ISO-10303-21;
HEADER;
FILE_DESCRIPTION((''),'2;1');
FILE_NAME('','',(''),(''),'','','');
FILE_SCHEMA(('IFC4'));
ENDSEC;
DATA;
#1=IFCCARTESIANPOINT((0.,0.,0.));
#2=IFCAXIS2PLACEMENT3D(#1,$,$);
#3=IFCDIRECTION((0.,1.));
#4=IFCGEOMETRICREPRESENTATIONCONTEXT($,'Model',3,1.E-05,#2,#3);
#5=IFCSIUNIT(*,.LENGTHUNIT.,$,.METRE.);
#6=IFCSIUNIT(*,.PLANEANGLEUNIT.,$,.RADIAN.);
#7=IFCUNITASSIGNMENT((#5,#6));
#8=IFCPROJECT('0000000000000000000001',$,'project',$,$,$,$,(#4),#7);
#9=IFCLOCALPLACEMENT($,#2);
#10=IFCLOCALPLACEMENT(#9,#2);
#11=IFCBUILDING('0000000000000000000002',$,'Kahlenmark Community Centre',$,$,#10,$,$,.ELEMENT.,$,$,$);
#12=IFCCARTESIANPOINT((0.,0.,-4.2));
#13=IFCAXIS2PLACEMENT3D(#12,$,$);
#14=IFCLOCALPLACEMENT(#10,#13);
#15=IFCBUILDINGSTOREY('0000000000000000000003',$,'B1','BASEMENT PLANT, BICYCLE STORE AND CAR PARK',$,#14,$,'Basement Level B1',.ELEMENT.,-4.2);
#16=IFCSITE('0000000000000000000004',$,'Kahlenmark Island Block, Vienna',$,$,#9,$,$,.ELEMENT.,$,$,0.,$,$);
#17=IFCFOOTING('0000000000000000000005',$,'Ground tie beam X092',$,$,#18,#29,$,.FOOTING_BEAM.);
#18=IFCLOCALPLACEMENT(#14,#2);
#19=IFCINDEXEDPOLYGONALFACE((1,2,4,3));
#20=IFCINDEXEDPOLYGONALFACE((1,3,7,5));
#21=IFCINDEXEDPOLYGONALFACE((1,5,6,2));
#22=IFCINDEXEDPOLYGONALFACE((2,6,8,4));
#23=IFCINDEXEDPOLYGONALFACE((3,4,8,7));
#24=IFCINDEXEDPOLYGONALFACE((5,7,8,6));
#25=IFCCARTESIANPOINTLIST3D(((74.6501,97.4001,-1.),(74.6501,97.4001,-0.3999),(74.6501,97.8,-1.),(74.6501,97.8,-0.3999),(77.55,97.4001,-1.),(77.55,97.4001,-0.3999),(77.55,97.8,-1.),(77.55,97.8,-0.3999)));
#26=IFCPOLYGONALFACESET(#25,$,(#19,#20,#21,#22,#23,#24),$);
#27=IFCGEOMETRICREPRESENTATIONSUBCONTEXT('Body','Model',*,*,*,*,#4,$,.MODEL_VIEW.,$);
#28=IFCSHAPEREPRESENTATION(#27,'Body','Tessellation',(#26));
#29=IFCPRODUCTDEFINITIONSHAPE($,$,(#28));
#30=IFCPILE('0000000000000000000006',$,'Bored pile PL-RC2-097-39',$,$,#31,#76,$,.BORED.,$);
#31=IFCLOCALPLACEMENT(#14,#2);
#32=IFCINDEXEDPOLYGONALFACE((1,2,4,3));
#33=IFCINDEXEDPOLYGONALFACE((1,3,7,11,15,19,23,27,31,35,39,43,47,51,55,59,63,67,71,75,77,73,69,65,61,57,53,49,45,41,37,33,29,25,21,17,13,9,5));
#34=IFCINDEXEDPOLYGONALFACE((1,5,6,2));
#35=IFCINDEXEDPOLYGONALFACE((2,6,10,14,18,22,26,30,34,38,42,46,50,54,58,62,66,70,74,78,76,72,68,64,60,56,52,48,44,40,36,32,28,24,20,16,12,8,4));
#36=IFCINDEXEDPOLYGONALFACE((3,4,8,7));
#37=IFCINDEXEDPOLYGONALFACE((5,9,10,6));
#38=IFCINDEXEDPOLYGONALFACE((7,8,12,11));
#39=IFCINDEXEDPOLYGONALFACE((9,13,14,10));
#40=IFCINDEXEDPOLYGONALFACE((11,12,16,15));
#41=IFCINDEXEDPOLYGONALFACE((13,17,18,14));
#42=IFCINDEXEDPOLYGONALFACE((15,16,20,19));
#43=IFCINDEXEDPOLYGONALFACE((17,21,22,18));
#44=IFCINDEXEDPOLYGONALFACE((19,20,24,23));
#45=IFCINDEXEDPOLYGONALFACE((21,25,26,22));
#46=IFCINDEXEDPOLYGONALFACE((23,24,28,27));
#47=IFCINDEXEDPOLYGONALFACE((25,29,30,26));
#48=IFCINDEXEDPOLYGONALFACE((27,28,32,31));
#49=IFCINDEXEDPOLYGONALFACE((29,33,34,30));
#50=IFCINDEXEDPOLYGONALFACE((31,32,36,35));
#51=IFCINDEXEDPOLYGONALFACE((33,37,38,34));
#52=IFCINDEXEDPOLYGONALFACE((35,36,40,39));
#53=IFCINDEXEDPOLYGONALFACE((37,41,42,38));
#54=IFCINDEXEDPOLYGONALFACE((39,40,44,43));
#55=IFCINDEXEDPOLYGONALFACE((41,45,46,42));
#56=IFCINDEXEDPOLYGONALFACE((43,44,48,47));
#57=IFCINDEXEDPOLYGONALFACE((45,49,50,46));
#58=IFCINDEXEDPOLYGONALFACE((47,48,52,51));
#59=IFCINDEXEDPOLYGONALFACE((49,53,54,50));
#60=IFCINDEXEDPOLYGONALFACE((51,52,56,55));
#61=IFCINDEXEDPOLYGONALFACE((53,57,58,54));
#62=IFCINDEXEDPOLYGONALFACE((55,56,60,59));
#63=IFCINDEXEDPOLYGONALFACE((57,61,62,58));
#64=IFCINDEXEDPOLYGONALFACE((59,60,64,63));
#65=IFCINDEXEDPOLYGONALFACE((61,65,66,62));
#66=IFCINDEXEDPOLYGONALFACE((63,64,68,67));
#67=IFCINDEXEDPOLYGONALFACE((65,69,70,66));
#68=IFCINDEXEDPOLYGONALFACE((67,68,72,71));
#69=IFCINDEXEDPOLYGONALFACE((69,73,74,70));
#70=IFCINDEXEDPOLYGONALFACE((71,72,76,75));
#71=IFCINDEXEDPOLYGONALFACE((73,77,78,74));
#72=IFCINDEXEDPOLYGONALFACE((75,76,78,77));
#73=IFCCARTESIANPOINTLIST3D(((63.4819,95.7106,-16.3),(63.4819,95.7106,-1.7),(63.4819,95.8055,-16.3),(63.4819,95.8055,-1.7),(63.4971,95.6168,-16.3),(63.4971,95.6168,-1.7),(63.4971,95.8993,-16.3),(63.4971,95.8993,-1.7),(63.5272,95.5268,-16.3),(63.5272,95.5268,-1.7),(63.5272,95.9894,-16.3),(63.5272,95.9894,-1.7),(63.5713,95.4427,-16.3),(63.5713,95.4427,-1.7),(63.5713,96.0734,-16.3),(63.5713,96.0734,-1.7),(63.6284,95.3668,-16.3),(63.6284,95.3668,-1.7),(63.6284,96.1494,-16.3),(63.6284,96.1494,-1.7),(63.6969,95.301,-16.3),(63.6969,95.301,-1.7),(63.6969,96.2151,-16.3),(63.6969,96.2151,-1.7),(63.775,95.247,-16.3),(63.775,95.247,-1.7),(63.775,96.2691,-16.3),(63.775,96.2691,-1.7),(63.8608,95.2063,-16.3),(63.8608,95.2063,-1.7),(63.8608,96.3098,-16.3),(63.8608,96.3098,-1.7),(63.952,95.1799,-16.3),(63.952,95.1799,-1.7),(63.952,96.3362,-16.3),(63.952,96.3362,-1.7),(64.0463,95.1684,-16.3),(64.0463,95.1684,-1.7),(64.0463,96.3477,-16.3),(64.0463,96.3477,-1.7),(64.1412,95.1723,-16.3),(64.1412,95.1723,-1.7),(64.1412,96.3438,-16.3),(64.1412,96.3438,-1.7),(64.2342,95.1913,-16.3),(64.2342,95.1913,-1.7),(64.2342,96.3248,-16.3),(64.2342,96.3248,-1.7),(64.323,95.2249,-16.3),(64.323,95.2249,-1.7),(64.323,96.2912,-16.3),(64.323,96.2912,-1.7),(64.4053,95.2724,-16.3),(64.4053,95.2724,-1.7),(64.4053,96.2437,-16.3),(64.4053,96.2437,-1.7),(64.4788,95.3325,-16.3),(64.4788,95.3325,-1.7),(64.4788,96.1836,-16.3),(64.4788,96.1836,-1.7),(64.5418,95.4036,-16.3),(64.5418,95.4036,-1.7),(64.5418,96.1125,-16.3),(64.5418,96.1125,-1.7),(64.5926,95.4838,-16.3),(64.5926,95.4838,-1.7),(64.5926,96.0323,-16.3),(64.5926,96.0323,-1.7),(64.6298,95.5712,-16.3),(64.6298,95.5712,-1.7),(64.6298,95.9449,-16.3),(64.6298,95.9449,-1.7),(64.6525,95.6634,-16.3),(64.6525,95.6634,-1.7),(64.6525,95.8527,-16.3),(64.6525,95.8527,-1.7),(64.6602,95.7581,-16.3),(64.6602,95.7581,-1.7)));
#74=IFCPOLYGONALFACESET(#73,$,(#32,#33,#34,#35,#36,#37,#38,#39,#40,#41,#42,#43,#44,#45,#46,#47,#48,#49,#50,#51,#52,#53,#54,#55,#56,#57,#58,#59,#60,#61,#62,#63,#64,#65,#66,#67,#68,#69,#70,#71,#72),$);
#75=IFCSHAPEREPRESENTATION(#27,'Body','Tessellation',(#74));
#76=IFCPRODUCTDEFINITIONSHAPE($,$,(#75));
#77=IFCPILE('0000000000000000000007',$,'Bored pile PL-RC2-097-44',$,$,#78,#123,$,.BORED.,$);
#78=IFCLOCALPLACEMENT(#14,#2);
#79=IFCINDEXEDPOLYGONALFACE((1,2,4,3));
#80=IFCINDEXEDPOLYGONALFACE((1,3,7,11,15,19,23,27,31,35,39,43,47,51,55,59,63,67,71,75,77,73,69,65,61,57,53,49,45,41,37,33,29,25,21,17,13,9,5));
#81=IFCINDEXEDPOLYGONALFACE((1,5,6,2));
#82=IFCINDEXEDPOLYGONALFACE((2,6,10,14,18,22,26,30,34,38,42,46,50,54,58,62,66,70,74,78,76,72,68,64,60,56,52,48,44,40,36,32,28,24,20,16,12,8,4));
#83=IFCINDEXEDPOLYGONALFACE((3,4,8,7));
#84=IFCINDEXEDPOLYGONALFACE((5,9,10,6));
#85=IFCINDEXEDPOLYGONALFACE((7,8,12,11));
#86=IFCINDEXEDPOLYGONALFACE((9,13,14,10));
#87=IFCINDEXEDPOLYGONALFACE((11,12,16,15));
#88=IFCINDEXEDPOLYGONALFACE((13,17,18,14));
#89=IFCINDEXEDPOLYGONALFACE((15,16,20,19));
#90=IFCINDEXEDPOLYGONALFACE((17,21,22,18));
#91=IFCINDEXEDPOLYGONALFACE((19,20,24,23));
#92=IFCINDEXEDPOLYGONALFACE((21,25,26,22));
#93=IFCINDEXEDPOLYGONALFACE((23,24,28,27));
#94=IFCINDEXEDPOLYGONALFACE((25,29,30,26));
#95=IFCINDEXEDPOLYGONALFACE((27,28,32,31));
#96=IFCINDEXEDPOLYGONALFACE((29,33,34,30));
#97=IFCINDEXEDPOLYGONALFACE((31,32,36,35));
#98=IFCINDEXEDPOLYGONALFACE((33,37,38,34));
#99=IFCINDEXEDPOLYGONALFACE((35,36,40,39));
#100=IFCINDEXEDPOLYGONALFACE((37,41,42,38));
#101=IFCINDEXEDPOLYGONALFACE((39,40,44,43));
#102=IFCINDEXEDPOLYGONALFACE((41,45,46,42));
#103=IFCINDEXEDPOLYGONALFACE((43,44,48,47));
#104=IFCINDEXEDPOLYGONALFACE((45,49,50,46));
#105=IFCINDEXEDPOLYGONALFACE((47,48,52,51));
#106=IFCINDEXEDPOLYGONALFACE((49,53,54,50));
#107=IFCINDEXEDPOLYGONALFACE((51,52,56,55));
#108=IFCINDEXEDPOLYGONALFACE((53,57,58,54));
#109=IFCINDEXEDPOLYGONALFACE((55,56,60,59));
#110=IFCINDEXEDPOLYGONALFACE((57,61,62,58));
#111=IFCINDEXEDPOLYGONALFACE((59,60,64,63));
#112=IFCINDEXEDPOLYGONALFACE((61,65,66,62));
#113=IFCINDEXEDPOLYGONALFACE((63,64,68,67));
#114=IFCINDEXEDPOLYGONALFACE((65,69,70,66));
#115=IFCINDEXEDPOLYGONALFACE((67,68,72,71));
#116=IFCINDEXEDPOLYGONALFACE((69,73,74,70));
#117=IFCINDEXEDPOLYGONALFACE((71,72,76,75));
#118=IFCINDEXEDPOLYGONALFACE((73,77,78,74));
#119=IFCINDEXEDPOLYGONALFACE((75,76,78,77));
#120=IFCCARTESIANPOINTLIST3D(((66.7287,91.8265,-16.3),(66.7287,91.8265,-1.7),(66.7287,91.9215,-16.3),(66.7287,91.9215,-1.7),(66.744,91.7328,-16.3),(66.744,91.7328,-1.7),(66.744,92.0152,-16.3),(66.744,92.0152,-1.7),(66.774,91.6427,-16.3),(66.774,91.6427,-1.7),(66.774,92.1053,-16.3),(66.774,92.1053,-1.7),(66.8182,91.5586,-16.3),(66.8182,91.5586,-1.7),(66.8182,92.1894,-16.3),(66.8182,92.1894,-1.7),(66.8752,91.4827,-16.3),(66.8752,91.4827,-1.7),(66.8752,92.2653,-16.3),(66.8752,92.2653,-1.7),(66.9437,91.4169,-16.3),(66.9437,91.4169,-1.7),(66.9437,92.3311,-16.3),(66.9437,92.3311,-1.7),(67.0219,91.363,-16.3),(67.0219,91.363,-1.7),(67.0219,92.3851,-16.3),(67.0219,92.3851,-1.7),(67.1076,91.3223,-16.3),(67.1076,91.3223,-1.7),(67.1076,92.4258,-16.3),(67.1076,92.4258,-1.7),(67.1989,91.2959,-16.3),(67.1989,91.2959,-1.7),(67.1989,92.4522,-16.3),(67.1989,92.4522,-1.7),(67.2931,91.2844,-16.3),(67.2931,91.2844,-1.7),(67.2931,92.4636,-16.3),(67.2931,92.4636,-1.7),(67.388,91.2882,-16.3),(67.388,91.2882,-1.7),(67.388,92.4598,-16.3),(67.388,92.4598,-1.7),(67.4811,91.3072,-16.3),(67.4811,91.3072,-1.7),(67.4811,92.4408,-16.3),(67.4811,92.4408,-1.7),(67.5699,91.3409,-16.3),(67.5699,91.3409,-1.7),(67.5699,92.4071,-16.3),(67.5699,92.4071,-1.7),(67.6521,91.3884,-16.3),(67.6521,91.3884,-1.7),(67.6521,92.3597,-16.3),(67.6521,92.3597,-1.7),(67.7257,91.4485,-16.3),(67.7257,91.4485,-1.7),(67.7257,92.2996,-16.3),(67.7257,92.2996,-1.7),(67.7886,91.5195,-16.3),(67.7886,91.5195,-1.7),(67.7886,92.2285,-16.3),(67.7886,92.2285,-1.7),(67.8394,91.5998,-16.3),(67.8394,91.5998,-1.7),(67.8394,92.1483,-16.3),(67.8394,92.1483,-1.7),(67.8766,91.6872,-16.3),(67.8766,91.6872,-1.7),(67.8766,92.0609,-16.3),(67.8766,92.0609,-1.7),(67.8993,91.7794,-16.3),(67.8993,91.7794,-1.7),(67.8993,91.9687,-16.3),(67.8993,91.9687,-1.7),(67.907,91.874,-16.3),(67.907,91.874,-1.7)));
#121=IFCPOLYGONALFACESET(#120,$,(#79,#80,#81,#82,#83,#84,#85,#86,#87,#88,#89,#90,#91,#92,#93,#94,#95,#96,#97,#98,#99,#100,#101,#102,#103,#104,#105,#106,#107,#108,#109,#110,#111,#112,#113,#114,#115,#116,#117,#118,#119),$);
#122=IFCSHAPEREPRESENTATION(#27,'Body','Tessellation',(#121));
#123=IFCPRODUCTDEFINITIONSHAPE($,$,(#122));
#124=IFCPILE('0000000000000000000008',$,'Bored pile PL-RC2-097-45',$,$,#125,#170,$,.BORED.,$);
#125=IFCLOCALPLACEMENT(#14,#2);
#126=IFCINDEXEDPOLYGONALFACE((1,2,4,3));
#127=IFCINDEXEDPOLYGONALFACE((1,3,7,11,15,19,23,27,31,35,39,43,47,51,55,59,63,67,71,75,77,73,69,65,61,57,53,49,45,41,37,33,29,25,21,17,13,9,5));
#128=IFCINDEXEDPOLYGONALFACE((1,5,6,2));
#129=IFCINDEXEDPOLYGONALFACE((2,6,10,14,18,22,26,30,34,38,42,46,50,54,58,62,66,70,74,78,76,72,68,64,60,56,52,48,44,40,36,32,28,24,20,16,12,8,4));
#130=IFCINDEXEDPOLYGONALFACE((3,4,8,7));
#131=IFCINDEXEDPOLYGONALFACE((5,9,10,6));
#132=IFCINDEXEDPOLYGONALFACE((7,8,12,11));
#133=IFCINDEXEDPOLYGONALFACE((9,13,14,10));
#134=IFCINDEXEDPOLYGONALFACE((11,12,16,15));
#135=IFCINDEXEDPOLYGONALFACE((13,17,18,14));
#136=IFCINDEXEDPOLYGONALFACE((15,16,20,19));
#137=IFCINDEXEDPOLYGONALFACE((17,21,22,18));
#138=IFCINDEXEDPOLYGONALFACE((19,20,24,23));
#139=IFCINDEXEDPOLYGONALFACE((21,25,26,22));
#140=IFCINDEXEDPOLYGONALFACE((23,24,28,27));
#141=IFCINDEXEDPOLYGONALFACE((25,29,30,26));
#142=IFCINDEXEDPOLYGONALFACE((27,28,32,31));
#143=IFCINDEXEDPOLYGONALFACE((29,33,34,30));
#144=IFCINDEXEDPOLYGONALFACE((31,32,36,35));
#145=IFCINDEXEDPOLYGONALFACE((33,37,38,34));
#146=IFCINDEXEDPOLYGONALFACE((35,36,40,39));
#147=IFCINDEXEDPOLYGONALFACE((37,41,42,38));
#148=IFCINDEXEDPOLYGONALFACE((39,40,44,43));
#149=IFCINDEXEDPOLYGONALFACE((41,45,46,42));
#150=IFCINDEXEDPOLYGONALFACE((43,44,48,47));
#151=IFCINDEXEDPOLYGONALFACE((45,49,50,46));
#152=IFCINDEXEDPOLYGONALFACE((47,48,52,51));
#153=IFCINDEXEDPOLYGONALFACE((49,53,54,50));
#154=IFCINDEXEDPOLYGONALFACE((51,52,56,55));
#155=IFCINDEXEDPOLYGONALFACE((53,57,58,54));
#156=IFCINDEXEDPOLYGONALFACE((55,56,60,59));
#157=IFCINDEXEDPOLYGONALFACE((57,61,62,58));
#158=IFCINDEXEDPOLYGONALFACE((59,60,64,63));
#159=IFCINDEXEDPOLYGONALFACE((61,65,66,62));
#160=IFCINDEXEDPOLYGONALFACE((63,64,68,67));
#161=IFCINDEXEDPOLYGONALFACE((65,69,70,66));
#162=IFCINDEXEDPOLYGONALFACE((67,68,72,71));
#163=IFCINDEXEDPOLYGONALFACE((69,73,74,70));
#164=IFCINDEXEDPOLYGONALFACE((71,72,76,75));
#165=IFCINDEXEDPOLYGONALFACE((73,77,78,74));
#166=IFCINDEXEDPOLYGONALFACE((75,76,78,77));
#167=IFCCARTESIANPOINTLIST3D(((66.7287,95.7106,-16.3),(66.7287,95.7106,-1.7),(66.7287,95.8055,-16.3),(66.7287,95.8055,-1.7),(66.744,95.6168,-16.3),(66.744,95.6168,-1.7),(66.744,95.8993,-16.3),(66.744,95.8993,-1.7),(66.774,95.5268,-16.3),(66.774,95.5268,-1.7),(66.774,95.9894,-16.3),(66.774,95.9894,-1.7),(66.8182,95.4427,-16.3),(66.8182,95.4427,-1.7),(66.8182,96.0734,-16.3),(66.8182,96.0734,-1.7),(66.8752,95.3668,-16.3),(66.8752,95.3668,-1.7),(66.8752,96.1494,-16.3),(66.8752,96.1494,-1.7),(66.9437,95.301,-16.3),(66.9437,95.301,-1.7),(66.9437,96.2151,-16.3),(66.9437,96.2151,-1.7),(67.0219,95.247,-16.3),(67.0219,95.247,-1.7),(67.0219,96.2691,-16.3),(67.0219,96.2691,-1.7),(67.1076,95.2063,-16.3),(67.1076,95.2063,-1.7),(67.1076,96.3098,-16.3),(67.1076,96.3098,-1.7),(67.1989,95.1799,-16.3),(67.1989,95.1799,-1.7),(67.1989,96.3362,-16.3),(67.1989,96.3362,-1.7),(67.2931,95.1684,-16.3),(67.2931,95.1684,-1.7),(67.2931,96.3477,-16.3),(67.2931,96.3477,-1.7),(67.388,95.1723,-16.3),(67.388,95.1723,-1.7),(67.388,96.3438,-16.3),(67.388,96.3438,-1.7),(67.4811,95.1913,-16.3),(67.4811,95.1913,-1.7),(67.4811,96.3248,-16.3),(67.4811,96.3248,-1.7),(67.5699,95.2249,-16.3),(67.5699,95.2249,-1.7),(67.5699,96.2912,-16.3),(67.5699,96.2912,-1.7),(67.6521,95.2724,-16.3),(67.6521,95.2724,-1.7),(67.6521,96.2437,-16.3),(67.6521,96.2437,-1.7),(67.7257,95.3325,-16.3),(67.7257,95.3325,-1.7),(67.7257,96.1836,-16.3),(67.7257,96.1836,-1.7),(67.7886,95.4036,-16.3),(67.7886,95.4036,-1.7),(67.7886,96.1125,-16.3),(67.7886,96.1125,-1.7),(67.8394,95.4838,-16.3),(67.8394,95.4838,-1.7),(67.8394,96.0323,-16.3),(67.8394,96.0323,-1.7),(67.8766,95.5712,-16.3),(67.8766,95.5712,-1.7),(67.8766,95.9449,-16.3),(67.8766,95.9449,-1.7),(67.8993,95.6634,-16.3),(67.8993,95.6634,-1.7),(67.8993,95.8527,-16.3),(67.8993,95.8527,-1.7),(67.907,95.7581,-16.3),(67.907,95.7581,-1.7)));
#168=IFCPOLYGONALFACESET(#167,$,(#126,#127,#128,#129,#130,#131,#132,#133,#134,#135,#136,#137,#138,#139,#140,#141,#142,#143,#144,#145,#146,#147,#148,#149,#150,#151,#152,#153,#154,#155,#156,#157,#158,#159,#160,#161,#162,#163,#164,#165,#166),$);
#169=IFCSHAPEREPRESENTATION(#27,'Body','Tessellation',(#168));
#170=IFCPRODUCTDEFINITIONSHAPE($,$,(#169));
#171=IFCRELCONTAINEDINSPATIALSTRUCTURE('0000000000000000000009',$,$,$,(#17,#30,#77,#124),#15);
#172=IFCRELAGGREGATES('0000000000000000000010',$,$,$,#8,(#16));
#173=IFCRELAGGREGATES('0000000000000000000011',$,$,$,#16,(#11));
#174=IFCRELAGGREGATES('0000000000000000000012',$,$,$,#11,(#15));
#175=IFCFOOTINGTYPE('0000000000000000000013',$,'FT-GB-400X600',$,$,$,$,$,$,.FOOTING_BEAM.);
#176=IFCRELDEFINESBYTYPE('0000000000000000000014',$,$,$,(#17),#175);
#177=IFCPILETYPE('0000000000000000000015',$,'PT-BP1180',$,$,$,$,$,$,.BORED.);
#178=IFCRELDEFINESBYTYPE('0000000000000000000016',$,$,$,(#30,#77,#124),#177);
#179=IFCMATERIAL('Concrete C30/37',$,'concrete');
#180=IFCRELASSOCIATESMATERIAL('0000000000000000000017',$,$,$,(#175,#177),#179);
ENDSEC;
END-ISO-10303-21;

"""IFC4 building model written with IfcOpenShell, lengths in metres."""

from ifc_helpers import new_model, si_unit, direction, frame, origin, origin_2d, place, context, subcontext, project, spatial, rectangle, circle, extrude, material, material_profile, profile_set, type_object, element, save


model = new_model("IFC4")

# Units and contexts
model_context = context("Model", 3, precision=1e-05, world=origin(), true_north=direction((0.0, 1.0)))
body_context = subcontext(model_context, "Body", "Model", "MODEL_VIEW")
ifc_project = project(units=[si_unit("LENGTHUNIT", "METRE"), si_unit("PLANEANGLEUNIT", "RADIAN")], contexts=[model_context])

# Site, building, storey
site_placement = place(None, origin())
site = spatial("IfcSite", under=ifc_project, at=site_placement, Name="Kahlenmark Island Block, Vienna", CompositionType="ELEMENT", RefElevation=0.0)
building_placement = place(site_placement, origin())
building = spatial("IfcBuilding", under=site, at=building_placement, Name="Kahlenmark Community Centre", CompositionType="ELEMENT")
storey_placement = place(building_placement, frame((0.0, 0.0, -4.2)))
storey = spatial("IfcBuildingStorey", under=building, at=storey_placement, Name="B1", Description="BASEMENT PLANT, BICYCLE STORE AND CAR PARK", LongName="Basement Level B1", CompositionType="ELEMENT", Elevation=-4.2)

# Footing
ifc_material_1 = material(Name="Concrete C30/37", Category="concrete")
footing_type = type_object("IfcFootingType", Name="FT-GB-400X600", PredefinedType="FOOTING_BEAM", material=ifc_material_1)
footing_placement = place(storey_placement, frame((76.1001, 97.6001, -1.0), z_axis=(0.0, 0.0, 1.0), x_axis=(1.0, 0.0, 0.0)))
element("IfcFooting", 1, at=footing_placement, inside=storey, type_object=footing_type, Name="Ground tie beam X092", PredefinedType="FOOTING_BEAM", context=body_context, shape_type="SweptSolid", body=[
    extrude(rectangle(XDim=2.8999, YDim=0.3999, at=origin_2d()), origin(), (0.0, 0.0, 1.0), 0.6001),
])

# Piles
ifc_material_profile_1 = material_profile(ifc_material_1, circle(Radius=0.5901, at=origin_2d()), Name="BORED PILE 1180")
ifc_profile_set_1 = profile_set([ifc_material_profile_1], Name="Concrete C30/37")
pile_type_1 = type_object("IfcPileType", Name="PT-BP1180", PredefinedType="BORED", material=ifc_profile_set_1)
for number, where, z_axis, x_axis, name in (
    (2, (64.0701, 95.7581, -1.7), (0.0, 0.0, -1.0), (1.0, 0.0, 0.0), "Bored pile PL-RC2-097-39"),
    (3, (67.3169, 91.874, -1.7), (0.0, 0.0, -1.0), (1.0, 0.0, 0.0), "Bored pile PL-RC2-097-44"),
    (4, (67.3169, 95.7581, -1.7), (0.0, 0.0, -1.0), (1.0, 0.0, 0.0), "Bored pile PL-RC2-097-45"),
):
    element("IfcPile", number, at=place(storey_placement, frame(where, z_axis=z_axis, x_axis=x_axis)), inside=storey, type_object=pile_type_1, Name=name, PredefinedType="BORED", context=body_context, shape_type="SweptSolid", body=[
        extrude(circle(Radius=0.5901, at=origin_2d()), origin(), (0.0, 0.0, 1.0), 14.6001),
    ])

save(model, "model.ifc")
